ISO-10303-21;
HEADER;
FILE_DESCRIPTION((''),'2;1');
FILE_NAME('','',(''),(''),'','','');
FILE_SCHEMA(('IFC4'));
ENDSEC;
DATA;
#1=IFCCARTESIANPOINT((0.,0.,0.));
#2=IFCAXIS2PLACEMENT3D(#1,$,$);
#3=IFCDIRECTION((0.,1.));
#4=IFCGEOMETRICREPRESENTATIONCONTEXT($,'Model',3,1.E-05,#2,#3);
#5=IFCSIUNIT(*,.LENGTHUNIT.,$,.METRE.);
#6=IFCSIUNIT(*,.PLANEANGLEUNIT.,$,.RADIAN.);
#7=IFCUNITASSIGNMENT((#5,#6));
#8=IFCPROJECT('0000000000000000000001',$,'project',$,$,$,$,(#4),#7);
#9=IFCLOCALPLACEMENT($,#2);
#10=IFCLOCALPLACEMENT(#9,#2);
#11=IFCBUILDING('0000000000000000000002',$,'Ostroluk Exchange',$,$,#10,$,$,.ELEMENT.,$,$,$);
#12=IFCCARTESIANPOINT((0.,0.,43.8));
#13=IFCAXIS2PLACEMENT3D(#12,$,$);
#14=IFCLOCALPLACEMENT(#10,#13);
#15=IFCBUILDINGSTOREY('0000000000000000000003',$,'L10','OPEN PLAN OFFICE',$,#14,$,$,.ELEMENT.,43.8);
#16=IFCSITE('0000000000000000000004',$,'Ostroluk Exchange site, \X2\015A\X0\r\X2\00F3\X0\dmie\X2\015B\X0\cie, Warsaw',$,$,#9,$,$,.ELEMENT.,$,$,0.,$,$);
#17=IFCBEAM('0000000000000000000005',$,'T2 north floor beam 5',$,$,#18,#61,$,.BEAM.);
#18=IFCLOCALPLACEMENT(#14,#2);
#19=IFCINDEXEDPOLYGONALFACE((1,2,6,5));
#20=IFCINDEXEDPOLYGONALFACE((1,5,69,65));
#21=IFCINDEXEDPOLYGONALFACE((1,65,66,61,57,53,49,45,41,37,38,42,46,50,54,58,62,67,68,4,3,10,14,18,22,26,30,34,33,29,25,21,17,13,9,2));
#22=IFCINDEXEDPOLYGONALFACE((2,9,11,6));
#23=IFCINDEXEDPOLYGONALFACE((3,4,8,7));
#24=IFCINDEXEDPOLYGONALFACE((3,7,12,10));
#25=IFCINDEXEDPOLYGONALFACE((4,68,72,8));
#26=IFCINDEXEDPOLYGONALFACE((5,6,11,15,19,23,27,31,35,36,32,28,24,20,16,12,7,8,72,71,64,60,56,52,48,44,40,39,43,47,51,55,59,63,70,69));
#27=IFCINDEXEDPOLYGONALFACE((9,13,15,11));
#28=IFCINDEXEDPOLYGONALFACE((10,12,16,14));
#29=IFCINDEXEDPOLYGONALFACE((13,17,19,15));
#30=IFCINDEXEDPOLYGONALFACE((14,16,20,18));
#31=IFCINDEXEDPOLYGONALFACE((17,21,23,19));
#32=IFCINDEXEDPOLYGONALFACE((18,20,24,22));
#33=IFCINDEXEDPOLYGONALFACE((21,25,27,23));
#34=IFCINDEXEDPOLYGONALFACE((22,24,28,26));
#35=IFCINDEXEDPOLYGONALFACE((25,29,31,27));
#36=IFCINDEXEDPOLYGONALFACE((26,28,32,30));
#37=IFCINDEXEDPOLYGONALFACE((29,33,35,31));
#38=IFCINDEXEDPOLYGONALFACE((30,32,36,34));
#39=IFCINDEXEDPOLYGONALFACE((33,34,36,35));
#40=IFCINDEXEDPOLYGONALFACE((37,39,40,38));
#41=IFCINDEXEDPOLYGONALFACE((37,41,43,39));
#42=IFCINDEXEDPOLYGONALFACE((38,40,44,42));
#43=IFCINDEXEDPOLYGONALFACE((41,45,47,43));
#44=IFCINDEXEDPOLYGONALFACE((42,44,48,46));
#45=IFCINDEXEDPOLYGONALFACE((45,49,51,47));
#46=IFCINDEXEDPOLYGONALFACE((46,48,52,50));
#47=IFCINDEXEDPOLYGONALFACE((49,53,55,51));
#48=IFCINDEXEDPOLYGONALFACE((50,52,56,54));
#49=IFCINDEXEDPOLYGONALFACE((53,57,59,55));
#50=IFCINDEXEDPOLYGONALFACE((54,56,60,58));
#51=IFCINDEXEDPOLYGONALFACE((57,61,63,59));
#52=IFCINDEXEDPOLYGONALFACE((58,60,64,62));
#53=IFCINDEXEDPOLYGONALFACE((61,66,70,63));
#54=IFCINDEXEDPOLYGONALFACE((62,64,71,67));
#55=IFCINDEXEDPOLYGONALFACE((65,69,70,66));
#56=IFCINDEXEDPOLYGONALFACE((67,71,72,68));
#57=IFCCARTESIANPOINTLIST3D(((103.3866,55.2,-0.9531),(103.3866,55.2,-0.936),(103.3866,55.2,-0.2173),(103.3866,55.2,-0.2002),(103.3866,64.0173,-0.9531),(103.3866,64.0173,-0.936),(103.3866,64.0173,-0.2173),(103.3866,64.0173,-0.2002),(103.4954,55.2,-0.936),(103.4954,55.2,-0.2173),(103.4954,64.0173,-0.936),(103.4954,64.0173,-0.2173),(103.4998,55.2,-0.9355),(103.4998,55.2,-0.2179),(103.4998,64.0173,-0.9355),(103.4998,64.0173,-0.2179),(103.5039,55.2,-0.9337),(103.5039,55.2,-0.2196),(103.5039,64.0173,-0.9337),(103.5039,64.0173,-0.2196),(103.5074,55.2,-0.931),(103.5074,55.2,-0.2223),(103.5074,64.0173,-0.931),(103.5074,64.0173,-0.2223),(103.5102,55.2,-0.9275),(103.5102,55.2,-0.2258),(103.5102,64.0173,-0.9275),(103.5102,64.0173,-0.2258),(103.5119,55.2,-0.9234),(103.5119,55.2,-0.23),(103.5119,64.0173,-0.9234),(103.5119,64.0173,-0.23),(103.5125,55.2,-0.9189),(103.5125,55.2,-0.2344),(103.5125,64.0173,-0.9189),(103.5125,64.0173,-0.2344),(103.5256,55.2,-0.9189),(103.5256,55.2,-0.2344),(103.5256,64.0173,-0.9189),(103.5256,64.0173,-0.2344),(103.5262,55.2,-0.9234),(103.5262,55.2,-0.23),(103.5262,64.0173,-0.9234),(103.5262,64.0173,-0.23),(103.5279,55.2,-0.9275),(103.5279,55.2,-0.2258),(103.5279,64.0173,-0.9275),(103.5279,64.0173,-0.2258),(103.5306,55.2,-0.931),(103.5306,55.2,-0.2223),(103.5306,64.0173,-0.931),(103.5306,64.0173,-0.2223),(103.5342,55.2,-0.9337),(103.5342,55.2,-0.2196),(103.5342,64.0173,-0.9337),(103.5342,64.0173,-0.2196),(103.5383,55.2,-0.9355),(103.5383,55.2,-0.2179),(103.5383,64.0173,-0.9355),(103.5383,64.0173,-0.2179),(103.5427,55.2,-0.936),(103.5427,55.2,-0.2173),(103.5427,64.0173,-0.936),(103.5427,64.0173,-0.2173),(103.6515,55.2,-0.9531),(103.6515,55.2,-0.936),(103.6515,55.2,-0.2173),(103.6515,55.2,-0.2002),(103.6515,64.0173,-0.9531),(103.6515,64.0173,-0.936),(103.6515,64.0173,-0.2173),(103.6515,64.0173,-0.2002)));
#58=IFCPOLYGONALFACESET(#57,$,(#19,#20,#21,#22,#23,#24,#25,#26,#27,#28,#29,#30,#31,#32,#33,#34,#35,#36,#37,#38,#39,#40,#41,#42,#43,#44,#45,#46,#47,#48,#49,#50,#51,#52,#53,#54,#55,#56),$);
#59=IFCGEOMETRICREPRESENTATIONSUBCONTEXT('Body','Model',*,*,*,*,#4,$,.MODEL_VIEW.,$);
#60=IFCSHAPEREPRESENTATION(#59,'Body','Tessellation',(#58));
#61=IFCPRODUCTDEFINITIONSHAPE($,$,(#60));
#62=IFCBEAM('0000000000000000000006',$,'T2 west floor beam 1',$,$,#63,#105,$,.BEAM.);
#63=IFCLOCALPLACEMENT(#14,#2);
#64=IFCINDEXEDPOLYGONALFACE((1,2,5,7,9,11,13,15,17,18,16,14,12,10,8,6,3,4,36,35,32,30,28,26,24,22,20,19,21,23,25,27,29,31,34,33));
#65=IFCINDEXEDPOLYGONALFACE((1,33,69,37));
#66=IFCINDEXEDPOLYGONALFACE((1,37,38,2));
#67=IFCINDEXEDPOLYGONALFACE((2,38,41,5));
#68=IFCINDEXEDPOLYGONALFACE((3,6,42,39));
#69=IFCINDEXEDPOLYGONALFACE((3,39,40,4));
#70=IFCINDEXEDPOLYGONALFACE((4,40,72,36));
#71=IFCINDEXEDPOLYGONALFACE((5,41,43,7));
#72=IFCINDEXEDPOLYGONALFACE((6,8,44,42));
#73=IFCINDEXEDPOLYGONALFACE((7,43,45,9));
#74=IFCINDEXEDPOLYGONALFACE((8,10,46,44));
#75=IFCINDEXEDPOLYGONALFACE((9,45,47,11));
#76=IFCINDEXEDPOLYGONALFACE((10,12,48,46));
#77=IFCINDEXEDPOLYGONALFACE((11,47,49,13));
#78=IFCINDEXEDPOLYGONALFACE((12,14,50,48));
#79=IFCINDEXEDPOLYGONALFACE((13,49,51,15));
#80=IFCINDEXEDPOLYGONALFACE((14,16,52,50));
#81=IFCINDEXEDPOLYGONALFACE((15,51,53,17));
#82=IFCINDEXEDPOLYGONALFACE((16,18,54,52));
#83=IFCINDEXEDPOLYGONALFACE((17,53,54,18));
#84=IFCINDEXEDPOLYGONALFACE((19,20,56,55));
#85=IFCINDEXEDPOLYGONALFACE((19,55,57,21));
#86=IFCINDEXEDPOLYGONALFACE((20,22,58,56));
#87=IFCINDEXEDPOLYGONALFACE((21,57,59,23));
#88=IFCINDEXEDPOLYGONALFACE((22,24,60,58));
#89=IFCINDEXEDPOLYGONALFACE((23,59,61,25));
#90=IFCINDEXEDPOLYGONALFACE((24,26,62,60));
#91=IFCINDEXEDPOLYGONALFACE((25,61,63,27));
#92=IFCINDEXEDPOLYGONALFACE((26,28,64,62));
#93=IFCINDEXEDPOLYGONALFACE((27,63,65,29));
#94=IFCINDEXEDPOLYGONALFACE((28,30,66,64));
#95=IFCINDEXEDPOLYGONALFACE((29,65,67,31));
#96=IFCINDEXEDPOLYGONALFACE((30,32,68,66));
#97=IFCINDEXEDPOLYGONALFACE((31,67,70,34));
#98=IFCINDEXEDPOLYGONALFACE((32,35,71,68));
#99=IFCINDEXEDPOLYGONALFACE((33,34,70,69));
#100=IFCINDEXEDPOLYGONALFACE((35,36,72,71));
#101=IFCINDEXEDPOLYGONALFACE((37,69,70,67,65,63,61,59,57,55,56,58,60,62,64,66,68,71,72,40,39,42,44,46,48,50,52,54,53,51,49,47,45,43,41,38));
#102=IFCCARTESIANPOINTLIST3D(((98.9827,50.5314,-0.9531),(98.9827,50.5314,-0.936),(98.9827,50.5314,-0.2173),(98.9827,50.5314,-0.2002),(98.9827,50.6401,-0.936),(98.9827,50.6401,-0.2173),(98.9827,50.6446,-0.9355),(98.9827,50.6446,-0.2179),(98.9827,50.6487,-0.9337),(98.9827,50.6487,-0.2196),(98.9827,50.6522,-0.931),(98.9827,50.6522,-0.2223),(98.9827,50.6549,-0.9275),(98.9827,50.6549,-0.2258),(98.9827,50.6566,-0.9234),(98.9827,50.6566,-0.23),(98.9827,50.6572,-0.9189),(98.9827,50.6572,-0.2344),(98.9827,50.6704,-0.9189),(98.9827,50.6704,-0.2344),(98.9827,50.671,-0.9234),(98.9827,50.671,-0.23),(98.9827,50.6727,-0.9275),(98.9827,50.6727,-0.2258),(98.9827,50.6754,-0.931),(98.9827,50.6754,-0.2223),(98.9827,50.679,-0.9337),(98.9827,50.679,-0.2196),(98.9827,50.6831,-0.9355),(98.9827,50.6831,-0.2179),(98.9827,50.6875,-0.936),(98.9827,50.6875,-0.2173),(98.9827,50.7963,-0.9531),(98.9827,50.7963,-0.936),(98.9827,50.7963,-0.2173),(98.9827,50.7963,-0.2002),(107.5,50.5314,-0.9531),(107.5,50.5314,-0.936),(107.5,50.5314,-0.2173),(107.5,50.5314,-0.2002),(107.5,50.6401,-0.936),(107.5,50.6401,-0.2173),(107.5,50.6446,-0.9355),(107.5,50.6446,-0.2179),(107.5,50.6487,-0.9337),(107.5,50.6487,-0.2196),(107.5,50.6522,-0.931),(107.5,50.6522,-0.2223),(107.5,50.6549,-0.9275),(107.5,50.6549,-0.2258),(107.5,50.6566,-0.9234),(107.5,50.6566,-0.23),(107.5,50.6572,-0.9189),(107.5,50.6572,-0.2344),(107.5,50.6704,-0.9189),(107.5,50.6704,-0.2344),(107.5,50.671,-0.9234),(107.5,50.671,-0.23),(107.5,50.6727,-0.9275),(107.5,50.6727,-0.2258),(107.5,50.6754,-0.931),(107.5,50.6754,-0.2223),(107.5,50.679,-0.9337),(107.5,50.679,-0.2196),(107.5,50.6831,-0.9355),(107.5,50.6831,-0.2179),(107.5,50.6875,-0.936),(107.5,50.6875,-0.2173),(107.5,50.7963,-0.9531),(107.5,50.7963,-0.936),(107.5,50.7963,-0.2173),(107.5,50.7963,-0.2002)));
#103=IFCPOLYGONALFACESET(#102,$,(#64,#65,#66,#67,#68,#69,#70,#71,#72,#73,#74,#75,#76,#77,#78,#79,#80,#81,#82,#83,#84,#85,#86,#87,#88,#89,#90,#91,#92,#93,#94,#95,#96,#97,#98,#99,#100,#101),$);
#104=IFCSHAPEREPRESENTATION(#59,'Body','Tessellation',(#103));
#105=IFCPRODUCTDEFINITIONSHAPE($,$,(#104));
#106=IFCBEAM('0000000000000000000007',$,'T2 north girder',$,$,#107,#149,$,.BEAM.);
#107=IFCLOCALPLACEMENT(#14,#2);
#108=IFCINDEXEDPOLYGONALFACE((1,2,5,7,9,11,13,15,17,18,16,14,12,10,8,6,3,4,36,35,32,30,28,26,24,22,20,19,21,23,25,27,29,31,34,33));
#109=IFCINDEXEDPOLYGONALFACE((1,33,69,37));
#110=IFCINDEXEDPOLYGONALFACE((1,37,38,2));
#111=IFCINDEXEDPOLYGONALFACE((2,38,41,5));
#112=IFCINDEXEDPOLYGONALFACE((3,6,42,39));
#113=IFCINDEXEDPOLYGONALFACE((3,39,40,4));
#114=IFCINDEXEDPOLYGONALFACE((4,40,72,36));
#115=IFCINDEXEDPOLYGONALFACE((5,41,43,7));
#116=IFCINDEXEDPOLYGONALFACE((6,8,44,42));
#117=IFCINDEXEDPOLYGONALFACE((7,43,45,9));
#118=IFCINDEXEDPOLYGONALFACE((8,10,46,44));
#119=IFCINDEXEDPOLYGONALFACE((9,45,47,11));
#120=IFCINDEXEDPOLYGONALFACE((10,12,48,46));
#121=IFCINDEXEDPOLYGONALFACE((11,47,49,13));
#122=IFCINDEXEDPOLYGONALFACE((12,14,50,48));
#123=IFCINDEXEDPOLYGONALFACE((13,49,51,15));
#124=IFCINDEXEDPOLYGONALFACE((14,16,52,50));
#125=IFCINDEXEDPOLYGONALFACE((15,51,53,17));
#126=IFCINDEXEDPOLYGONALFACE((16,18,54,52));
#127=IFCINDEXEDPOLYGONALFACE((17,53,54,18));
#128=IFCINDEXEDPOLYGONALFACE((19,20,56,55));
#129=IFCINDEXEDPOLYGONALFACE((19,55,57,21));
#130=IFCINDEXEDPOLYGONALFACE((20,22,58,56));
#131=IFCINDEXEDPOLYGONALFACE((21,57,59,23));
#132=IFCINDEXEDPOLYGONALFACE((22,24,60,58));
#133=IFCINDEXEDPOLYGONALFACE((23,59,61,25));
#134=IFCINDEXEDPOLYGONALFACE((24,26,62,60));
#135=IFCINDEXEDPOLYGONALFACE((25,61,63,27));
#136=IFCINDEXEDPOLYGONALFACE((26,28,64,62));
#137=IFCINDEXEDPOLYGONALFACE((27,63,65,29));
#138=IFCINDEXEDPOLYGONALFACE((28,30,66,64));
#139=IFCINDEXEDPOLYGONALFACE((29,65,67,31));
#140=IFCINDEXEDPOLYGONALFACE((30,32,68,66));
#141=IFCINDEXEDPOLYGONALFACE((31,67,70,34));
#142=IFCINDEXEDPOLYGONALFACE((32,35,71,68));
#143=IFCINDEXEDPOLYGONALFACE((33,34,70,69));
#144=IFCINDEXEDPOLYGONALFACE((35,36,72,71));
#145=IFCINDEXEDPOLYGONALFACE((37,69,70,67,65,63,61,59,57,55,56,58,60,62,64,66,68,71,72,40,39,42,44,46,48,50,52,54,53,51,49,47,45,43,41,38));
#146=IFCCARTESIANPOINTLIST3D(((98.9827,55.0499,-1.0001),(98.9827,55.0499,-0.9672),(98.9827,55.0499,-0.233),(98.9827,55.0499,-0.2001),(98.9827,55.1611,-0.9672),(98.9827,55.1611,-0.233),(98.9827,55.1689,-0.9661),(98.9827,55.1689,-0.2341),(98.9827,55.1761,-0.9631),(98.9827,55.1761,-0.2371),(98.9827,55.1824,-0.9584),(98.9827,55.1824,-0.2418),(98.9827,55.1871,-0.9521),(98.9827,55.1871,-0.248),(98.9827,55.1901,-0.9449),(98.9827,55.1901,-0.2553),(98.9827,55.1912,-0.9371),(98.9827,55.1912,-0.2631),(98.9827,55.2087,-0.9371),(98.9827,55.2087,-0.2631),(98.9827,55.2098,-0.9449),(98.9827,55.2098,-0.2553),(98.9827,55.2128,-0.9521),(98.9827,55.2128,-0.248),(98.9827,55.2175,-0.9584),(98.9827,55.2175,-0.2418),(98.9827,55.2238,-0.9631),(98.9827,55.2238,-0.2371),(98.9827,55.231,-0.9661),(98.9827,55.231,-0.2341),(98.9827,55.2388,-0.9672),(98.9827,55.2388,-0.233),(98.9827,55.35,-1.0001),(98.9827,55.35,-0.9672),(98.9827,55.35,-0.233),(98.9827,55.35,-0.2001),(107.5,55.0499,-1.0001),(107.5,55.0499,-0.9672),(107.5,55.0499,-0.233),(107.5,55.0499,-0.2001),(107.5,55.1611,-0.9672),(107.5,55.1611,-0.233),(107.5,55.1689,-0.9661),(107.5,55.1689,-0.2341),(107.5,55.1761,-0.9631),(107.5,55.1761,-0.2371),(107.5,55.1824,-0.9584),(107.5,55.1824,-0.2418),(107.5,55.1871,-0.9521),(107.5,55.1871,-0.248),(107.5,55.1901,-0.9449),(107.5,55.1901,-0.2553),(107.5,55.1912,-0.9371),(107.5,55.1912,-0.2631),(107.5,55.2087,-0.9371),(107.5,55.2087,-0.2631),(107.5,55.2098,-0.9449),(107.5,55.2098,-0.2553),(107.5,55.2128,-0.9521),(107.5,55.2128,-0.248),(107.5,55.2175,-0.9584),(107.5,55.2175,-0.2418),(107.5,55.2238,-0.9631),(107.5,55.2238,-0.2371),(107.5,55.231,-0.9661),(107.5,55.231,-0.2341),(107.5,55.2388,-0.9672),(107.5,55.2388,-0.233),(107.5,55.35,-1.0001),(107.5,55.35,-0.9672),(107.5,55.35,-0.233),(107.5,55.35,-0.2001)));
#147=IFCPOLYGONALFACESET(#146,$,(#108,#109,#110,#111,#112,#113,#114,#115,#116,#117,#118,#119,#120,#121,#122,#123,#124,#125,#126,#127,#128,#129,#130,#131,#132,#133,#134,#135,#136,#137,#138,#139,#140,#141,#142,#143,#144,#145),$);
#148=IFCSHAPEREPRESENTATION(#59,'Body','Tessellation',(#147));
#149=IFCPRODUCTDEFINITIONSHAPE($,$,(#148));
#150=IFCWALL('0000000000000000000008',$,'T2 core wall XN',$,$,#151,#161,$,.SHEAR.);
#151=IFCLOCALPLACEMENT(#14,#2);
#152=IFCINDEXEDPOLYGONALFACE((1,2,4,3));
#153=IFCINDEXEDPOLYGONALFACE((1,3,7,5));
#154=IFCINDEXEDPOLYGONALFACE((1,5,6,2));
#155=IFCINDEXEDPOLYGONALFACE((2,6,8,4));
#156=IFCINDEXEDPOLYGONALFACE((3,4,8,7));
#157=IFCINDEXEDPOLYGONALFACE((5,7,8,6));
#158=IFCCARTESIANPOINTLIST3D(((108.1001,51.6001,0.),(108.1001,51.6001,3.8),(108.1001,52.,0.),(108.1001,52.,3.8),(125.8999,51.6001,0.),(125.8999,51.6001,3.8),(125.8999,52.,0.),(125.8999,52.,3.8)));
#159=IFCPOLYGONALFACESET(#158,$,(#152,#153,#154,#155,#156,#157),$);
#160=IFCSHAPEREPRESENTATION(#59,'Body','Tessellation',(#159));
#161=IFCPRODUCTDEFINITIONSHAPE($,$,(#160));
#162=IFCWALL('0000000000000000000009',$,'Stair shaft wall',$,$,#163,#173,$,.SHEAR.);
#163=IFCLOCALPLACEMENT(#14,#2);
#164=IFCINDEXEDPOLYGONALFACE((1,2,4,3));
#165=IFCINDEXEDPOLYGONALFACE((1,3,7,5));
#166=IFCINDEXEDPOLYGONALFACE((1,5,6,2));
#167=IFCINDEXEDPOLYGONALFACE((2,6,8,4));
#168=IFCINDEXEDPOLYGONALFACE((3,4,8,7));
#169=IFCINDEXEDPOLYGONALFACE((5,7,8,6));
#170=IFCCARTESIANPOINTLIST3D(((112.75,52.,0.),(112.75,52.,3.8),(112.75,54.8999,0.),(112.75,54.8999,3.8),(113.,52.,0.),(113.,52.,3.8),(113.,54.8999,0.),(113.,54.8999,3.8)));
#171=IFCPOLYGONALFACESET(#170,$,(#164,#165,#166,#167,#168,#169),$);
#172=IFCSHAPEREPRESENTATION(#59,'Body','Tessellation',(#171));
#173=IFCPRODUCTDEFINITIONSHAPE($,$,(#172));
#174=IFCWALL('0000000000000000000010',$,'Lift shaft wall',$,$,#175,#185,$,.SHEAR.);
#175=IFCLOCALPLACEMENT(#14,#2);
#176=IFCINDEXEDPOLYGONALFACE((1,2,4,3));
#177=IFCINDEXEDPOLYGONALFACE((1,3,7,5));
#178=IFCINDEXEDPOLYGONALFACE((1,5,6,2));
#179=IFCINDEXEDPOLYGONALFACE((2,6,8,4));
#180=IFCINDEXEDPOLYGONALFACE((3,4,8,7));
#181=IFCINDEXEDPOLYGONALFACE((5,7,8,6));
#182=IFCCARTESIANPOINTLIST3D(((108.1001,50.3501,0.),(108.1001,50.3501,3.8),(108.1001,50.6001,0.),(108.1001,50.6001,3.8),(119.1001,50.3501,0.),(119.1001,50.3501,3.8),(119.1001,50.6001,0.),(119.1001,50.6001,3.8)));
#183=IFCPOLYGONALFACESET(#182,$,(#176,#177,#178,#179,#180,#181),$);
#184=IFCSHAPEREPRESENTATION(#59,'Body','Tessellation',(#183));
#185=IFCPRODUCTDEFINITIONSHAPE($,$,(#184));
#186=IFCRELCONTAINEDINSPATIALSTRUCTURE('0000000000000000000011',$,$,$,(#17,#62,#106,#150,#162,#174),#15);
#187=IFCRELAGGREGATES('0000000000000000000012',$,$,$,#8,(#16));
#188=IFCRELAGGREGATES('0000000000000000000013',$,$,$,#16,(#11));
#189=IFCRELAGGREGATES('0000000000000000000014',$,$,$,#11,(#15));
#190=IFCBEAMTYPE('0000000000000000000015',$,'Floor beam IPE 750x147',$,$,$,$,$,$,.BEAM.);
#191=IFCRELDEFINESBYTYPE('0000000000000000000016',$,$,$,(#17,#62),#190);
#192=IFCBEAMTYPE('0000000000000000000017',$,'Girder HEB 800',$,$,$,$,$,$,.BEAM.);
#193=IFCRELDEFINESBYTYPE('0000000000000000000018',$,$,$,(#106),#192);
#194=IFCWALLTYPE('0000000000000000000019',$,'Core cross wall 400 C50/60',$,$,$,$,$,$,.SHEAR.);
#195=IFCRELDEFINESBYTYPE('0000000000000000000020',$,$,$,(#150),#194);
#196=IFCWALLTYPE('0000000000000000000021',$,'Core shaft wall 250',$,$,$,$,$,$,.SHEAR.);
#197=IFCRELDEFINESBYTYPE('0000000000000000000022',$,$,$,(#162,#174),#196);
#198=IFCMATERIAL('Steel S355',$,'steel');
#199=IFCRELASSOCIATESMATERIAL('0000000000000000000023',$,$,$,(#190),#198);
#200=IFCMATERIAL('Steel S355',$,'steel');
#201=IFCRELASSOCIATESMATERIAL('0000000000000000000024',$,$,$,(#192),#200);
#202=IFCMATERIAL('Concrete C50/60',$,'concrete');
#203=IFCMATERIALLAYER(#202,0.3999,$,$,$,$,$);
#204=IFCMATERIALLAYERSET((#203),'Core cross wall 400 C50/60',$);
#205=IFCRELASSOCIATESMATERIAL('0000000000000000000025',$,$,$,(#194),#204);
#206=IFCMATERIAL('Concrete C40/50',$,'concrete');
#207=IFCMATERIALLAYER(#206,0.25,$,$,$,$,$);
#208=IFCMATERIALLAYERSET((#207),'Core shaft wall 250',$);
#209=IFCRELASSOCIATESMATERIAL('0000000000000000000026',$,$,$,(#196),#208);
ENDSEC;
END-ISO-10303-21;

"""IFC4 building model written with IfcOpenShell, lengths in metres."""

from ifc_helpers import new_model, si_unit, direction, frame, frame_2d, origin, origin_2d, place, context, subcontext, project, spatial, rectangle, i_section, extrude, material, layer, layer_set, material_profile, profile_set, type_object, element, save


model = new_model("IFC4")

# Units and contexts
model_context = context("Model", 3, precision=1e-05, world=origin(), true_north=direction((0.0, 1.0)))
body_context = subcontext(model_context, "Body", "Model", "MODEL_VIEW")
ifc_project = project(units=[si_unit("LENGTHUNIT", "METRE"), si_unit("PLANEANGLEUNIT", "RADIAN")], contexts=[model_context])

# Site, building, storey
site_placement = place(None, origin())
site = spatial("IfcSite", under=ifc_project, at=site_placement, Name="Ostroluk Exchange site, Śródmieście, Warsaw", CompositionType="ELEMENT", RefElevation=0.0)
building_placement = place(site_placement, origin())
building = spatial("IfcBuilding", under=site, at=building_placement, Name="Ostroluk Exchange", CompositionType="ELEMENT")
storey_placement = place(building_placement, frame((0.0, 0.0, 43.8)))
storey = spatial("IfcBuildingStorey", under=building, at=storey_placement, Name="L10", Description="OPEN PLAN OFFICE", CompositionType="ELEMENT", Elevation=43.8)

# Beams
ifc_material_1 = material(Name="Steel S355", Category="steel")
ifc_material_profile_1 = material_profile(ifc_material_1, i_section(OverallWidth=0.2649, OverallDepth=0.7529, WebThickness=0.0132, FlangeThickness=0.0171, FilletRadius=0.0171, at=origin_2d()), Name="IPE 750x147")
ifc_profile_set_1 = profile_set([ifc_material_profile_1], Name="Steel S355")
beam_type_1 = type_object("IfcBeamType", Name="Floor beam IPE 750x147", PredefinedType="BEAM", material=ifc_profile_set_1)
beam_1_placement = place(storey_placement, frame((103.519, 55.2, -0.5767), z_axis=(0.0, 1.0, 0.0), x_axis=(-1.0, 0.0, 0.0)))
element("IfcBeam", 1, at=beam_1_placement, inside=storey, type_object=beam_type_1, Name="T2 north floor beam 5", PredefinedType="BEAM", context=body_context, shape_type="SweptSolid", body=[
    extrude(i_section(OverallWidth=0.2649, OverallDepth=0.7529, WebThickness=0.0132, FlangeThickness=0.0171, FilletRadius=0.0171, at=origin_2d()), origin(), (0.0, 0.0, 1.0), 8.8174),
])
beam_2_placement = place(storey_placement, frame((107.5, 50.6638, -0.5767), z_axis=(-1.0, 0.0, 0.0), x_axis=(0.0, -1.0, 0.0)))
element("IfcBeam", 2, at=beam_2_placement, inside=storey, type_object=beam_type_1, Name="T2 west floor beam 1", PredefinedType="BEAM", context=body_context, shape_type="SweptSolid", body=[
    extrude(i_section(OverallWidth=0.2649, OverallDepth=0.7529, WebThickness=0.0132, FlangeThickness=0.0171, FilletRadius=0.0171, at=origin_2d()), origin(), (0.0, 0.0, 1.0), 8.5173),
])
ifc_material_2 = material(Name="Steel S355", Category="steel")
ifc_material_profile_2 = material_profile(ifc_material_2, i_section(OverallWidth=0.3, OverallDepth=0.8, WebThickness=0.0176, FlangeThickness=0.033, FilletRadius=0.03, at=origin_2d()), Name="HEB 800")
ifc_profile_set_2 = profile_set([ifc_material_profile_2], Name="Steel S355")
beam_type_2 = type_object("IfcBeamType", Name="Girder HEB 800", PredefinedType="BEAM", material=ifc_profile_set_2)
beam_3_placement = place(storey_placement, frame((107.5, 55.2, -0.6001), z_axis=(-1.0, 0.0, 0.0), x_axis=(0.0, -1.0, 0.0)))
element("IfcBeam", 3, at=beam_3_placement, inside=storey, type_object=beam_type_2, Name="T2 north girder", PredefinedType="BEAM", context=body_context, shape_type="SweptSolid", body=[
    extrude(i_section(OverallWidth=0.3, OverallDepth=0.8, WebThickness=0.0176, FlangeThickness=0.033, FilletRadius=0.03, at=origin_2d()), origin(), (0.0, 0.0, 1.0), 8.5173),
])

# Walls
ifc_material_3 = material(Name="Concrete C50/60", Category="concrete")
ifc_layer_1 = layer(ifc_material_3, 0.3999)
ifc_layer_set_1 = layer_set([ifc_layer_1], Name="Core cross wall 400 C50/60")
wall_type_1 = type_object("IfcWallType", Name="Core cross wall 400 C50/60", PredefinedType="SHEAR", material=ifc_layer_set_1)
wall_1_placement = place(storey_placement, frame((108.1001, 51.8, 0.0), z_axis=(0.0, 0.0, 1.0), x_axis=(1.0, 0.0, 0.0)))
element("IfcWall", 4, at=wall_1_placement, inside=storey, type_object=wall_type_1, Name="T2 core wall XN", PredefinedType="SHEAR", context=body_context, shape_type="SweptSolid", body=[
    extrude(rectangle(XDim=17.7998, YDim=0.3999, at=frame_2d((8.8999, 0.0))), origin(), (0.0, 0.0, 1.0), 3.8),
])
ifc_material_4 = material(Name="Concrete C40/50", Category="concrete")
ifc_layer_2 = layer(ifc_material_4, 0.25)
ifc_layer_set_2 = layer_set([ifc_layer_2], Name="Core shaft wall 250")
wall_type_2 = type_object("IfcWallType", Name="Core shaft wall 250", PredefinedType="SHEAR", material=ifc_layer_set_2)
wall_2_placement = place(storey_placement, frame((112.875, 52.0, 0.0), z_axis=(0.0, 0.0, 1.0), x_axis=(0.0, 1.0, 0.0)))
element("IfcWall", 5, at=wall_2_placement, inside=storey, type_object=wall_type_2, Name="Stair shaft wall", PredefinedType="SHEAR", context=body_context, shape_type="SweptSolid", body=[
    extrude(rectangle(XDim=2.8999, YDim=0.25, at=frame_2d((1.45, 0.0))), origin(), (0.0, 0.0, 1.0), 3.8),
])
wall_3_placement = place(storey_placement, frame((108.1001, 50.4751, 0.0), z_axis=(0.0, 0.0, 1.0), x_axis=(1.0, 0.0, 0.0)))
element("IfcWall", 6, at=wall_3_placement, inside=storey, type_object=wall_type_2, Name="Lift shaft wall", PredefinedType="SHEAR", context=body_context, shape_type="SweptSolid", body=[
    extrude(rectangle(XDim=11.0, YDim=0.25, at=frame_2d((5.5, 0.0))), origin(), (0.0, 0.0, 1.0), 3.8),
])

save(model, "model.ifc")
